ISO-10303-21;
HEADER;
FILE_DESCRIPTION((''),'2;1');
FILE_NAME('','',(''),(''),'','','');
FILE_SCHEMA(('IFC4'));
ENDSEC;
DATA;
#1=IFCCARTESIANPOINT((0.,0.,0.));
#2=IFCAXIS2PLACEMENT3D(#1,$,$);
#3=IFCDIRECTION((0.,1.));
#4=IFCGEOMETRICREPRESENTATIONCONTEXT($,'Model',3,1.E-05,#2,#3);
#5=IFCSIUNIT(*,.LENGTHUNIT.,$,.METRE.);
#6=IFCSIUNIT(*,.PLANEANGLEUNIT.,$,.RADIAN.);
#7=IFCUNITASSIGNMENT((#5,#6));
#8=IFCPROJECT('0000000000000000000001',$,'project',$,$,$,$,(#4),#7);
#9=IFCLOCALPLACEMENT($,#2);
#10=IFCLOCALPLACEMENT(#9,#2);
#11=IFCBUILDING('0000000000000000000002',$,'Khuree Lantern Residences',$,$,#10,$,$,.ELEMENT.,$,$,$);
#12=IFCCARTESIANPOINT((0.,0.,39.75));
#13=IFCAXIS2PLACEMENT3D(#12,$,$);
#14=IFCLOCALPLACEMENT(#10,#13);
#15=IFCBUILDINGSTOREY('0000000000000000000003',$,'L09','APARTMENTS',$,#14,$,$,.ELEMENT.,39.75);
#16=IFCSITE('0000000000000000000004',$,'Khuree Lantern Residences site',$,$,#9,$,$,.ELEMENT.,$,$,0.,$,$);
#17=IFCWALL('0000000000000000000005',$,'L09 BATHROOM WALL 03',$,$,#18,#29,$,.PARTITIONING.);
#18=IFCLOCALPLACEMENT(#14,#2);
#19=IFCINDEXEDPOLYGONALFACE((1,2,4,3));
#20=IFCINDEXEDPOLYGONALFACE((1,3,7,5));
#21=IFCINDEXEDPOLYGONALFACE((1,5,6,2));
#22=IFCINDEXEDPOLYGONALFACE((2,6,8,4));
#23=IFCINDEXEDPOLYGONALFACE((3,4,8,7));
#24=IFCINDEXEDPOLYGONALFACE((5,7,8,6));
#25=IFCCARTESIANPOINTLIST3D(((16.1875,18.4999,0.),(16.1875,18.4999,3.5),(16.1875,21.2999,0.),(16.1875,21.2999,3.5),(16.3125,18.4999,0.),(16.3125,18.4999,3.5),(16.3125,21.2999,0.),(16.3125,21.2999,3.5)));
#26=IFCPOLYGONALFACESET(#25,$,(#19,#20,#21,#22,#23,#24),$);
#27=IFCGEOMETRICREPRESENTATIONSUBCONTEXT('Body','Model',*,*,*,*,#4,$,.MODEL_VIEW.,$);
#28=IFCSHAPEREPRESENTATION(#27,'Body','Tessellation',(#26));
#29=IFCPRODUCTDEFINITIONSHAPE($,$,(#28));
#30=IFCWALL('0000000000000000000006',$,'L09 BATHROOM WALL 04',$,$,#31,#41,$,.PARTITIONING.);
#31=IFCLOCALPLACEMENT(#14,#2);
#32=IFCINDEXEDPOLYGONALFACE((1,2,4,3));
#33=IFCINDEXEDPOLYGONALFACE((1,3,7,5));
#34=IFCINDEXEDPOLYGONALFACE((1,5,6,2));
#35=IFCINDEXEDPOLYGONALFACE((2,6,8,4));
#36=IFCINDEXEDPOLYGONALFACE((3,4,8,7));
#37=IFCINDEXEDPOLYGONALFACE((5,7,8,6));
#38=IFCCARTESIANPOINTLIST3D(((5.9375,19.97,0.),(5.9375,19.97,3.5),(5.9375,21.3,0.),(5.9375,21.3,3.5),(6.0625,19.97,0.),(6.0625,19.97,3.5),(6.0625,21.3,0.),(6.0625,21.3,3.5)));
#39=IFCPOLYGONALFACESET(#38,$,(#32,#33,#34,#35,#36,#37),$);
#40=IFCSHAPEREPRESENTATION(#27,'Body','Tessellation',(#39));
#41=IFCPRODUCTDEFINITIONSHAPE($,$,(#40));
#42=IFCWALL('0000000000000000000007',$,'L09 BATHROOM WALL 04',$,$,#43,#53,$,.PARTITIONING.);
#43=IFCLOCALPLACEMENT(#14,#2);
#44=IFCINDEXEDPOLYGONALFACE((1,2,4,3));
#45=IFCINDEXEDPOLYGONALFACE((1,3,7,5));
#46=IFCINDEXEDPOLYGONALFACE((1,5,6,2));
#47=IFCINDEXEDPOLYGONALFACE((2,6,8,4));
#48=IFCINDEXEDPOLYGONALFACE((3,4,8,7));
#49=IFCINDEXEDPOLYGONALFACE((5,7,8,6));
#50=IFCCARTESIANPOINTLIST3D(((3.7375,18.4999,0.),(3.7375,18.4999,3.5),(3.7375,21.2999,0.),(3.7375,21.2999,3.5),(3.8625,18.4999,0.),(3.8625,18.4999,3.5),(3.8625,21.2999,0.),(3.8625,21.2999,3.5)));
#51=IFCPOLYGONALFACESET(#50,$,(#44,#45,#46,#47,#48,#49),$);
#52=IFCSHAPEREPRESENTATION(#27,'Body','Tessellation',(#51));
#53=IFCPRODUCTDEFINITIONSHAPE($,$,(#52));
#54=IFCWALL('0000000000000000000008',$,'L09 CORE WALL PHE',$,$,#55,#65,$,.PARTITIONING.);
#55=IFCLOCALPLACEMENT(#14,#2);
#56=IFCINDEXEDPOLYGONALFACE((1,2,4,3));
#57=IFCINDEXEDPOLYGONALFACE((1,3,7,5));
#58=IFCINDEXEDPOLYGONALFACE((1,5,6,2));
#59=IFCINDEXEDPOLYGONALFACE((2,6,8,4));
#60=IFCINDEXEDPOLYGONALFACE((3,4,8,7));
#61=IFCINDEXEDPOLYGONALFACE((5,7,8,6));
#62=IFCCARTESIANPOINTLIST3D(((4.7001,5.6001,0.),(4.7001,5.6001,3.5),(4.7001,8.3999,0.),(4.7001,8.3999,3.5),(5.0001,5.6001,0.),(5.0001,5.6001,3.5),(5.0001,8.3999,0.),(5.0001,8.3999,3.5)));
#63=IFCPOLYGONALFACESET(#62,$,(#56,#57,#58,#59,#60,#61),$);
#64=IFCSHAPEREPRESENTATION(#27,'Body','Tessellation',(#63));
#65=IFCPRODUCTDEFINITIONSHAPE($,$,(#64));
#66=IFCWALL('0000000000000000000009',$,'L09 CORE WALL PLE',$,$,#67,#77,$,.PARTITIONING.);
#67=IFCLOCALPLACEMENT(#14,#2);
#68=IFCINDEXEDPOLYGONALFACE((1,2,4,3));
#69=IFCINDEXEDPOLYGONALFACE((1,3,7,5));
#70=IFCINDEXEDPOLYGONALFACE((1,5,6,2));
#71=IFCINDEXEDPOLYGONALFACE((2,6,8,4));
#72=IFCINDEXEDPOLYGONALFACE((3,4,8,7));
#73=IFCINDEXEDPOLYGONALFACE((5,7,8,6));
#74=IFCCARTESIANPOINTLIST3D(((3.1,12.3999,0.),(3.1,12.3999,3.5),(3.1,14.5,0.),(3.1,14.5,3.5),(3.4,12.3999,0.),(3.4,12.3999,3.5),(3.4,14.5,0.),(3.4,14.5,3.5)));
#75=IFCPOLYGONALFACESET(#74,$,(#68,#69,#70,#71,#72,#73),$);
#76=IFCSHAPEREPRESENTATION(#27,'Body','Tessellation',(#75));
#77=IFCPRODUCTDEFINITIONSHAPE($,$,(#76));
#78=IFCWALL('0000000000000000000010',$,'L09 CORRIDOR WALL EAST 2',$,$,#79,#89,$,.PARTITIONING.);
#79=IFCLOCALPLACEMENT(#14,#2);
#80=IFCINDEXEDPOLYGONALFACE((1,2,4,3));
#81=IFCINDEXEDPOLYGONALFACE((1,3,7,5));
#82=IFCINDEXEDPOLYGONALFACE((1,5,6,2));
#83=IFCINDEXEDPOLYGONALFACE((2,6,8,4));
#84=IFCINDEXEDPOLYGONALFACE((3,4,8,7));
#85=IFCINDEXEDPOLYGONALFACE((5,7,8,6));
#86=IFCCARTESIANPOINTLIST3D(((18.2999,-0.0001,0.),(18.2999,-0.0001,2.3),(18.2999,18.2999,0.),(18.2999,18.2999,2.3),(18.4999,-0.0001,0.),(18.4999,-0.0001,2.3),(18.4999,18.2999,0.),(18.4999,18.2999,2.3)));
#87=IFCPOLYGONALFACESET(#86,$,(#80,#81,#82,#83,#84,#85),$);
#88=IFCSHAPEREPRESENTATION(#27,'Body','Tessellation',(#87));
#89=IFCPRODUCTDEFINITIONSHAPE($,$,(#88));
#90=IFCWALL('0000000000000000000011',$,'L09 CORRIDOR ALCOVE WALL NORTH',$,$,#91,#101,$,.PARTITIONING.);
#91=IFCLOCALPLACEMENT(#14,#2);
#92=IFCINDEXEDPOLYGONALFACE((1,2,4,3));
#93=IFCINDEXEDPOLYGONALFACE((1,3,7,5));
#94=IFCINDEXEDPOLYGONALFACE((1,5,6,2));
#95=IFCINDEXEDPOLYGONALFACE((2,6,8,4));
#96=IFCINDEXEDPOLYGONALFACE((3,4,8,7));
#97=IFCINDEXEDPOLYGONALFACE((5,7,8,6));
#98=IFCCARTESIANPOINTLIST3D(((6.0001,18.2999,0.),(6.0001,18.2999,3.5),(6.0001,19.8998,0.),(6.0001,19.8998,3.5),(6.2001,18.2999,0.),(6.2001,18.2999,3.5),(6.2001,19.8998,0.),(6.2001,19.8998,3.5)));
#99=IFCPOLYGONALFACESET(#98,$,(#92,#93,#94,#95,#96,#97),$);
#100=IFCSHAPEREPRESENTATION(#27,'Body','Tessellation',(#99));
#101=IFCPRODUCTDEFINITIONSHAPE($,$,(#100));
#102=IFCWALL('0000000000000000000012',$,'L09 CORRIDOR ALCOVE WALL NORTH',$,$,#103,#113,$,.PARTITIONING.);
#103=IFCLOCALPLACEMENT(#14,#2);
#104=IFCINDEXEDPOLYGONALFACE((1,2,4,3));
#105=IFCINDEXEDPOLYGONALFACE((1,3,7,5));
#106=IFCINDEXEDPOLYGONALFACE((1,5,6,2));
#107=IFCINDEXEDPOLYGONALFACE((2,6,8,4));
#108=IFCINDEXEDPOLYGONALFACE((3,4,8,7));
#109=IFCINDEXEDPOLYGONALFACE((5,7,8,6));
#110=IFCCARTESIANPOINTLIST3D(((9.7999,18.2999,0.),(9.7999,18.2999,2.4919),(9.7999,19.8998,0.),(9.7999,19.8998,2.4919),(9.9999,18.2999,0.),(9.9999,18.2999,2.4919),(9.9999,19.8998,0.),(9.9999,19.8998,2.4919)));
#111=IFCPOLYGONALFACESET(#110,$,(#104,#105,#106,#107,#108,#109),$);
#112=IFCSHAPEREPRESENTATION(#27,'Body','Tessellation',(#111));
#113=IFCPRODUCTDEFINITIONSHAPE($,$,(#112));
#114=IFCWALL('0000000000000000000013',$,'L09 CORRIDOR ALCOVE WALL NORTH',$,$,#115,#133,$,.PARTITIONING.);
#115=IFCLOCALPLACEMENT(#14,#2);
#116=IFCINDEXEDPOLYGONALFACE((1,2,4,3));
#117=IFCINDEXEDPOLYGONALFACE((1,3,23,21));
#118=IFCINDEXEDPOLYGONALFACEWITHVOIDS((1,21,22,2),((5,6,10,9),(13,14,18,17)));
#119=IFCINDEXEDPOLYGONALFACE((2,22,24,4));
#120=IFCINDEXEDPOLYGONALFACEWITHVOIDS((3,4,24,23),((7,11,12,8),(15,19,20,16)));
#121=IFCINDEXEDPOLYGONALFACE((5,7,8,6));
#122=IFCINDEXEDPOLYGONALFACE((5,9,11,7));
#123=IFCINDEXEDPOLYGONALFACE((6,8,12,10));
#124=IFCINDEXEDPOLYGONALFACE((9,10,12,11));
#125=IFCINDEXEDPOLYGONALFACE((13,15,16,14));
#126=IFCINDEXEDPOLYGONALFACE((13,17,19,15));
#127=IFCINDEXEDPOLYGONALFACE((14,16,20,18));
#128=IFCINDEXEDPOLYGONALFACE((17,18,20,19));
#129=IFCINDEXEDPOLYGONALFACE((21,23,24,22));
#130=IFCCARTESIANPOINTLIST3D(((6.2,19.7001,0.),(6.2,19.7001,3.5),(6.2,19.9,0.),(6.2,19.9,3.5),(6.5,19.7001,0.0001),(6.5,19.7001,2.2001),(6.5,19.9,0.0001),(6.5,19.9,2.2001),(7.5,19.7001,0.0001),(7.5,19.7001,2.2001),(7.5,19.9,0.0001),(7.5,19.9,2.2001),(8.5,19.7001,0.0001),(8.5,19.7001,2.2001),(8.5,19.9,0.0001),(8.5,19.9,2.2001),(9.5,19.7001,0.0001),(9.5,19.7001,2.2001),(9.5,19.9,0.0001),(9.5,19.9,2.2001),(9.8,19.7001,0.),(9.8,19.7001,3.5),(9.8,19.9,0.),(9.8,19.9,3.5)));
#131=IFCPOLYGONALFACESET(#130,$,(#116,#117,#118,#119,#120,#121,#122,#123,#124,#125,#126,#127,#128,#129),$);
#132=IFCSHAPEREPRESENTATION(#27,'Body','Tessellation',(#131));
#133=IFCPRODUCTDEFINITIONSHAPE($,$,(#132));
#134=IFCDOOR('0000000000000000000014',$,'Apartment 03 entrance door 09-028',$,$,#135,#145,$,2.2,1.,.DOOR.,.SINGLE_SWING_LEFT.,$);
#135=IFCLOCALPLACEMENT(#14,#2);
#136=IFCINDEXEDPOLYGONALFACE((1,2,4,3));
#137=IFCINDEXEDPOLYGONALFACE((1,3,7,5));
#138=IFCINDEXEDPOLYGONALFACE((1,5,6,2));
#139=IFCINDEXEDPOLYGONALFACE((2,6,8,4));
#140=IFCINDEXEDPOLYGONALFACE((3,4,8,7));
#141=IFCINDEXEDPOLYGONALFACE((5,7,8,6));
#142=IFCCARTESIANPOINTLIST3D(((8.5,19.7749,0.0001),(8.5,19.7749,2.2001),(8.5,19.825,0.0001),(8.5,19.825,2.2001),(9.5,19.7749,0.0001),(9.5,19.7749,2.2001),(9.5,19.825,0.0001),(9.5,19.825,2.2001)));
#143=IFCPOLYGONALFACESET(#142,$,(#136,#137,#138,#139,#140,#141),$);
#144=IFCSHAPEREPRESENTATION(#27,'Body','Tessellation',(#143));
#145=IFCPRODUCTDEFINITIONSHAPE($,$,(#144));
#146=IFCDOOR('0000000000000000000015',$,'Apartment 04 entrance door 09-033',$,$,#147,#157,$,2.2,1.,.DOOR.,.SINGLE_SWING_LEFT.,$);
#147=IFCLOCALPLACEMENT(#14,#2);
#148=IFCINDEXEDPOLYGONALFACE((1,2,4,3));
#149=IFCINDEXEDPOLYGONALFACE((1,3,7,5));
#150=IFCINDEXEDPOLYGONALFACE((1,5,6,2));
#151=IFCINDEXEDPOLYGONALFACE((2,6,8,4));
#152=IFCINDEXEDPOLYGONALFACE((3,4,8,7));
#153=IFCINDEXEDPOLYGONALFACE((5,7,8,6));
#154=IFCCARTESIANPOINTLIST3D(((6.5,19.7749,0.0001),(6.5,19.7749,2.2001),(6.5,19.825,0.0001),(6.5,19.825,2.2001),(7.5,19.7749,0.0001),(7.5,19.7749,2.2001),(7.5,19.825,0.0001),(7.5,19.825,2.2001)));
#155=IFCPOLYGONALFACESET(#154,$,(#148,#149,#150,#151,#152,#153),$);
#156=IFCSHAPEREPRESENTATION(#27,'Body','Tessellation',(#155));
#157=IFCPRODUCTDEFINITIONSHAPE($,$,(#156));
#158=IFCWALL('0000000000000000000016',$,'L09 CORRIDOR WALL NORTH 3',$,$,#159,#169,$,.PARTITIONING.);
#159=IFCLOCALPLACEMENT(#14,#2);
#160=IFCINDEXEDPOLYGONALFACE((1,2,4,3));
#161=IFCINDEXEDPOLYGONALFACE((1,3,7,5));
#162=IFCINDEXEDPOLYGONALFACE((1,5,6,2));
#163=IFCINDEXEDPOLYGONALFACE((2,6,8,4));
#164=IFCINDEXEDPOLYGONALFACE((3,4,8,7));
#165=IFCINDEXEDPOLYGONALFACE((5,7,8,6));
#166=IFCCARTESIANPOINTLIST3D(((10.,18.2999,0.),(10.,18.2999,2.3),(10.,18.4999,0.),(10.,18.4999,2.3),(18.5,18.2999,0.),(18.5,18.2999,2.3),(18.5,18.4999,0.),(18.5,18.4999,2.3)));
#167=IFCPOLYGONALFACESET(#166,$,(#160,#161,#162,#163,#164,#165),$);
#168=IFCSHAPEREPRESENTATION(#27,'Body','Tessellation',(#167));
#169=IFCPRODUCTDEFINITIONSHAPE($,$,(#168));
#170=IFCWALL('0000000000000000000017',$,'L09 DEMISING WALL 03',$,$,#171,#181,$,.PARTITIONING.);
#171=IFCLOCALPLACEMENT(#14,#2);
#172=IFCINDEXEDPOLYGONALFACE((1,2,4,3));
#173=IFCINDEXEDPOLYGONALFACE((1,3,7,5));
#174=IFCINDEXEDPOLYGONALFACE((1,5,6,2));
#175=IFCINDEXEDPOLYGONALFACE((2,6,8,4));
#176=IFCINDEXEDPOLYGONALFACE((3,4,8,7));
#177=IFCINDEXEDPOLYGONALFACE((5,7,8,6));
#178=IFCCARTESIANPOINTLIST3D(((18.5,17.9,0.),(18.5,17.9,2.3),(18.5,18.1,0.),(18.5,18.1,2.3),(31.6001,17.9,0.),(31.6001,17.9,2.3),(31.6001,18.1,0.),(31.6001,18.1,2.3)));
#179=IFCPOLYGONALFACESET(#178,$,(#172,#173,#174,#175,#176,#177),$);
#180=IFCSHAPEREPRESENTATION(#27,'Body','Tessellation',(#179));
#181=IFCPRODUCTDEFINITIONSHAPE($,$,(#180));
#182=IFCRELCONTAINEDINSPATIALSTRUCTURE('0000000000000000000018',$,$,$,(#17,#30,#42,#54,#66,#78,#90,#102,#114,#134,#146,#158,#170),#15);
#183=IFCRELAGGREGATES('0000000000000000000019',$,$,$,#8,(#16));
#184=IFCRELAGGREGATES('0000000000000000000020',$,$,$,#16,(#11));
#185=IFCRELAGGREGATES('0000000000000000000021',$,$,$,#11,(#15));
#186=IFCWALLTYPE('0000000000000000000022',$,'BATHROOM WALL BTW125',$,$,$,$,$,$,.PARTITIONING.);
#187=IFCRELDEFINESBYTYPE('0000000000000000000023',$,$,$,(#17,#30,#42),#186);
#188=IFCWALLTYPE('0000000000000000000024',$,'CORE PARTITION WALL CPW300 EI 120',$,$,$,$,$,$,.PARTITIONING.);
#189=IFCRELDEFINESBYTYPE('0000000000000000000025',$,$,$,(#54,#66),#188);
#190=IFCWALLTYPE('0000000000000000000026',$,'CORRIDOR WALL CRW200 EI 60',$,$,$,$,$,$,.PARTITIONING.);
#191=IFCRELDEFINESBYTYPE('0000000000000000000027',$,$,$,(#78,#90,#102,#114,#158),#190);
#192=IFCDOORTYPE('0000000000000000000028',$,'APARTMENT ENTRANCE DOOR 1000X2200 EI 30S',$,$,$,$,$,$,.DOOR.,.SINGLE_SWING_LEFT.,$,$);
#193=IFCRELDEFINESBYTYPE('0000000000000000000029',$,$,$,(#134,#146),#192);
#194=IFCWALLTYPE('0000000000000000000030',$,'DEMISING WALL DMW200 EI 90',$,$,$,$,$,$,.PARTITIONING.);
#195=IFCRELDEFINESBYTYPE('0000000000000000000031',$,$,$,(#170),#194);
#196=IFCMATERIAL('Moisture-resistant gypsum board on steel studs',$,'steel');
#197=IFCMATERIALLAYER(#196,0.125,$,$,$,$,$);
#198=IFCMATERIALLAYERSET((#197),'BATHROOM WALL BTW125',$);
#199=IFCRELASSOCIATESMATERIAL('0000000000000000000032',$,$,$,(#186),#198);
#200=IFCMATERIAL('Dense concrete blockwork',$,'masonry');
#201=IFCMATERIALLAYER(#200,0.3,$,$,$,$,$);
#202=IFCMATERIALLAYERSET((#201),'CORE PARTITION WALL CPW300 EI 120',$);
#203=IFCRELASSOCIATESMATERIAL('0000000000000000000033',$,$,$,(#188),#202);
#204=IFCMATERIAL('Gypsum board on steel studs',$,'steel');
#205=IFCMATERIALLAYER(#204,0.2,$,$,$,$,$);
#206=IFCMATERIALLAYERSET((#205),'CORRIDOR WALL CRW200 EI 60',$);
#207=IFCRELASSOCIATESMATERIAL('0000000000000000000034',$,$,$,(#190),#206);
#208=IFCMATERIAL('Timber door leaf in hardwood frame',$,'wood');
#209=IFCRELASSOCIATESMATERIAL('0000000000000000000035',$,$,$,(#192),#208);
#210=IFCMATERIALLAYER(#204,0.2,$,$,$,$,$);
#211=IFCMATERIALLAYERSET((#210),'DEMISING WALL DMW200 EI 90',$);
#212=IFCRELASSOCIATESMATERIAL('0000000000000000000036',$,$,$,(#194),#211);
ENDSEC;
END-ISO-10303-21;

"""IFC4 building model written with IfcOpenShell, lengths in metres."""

from ifc_helpers import new_model, si_unit, direction, frame, frame_2d, origin, place, context, subcontext, project, spatial, rectangle, extrude, material, layer, layer_set, type_object, element, fill, save


model = new_model("IFC4")

# Units and contexts
model_context = context("Model", 3, precision=1e-05, world=origin(), true_north=direction((0.0, 1.0)))
body_context = subcontext(model_context, "Body", "Model", "MODEL_VIEW")
ifc_project = project(units=[si_unit("LENGTHUNIT", "METRE"), si_unit("PLANEANGLEUNIT", "RADIAN")], contexts=[model_context])

# Site, building, storey
site_placement = place(None, origin())
site = spatial("IfcSite", under=ifc_project, at=site_placement, Name="Khuree Lantern Residences site", CompositionType="ELEMENT", RefElevation=0.0)
building_placement = place(site_placement, origin())
building = spatial("IfcBuilding", under=site, at=building_placement, Name="Khuree Lantern Residences", CompositionType="ELEMENT")
storey_placement = place(building_placement, frame((0.0, 0.0, 39.75)))
storey = spatial("IfcBuildingStorey", under=building, at=storey_placement, Name="L09", Description="APARTMENTS", CompositionType="ELEMENT", Elevation=39.75)

# Walls
ifc_material_1 = material(Name="Moisture-resistant gypsum board on steel studs", Category="steel")
ifc_layer_1 = layer(ifc_material_1, 0.125)
ifc_layer_set_1 = layer_set([ifc_layer_1], Name="BATHROOM WALL BTW125")
wall_type_1 = type_object("IfcWallType", Name="BATHROOM WALL BTW125", PredefinedType="PARTITIONING", material=ifc_layer_set_1)
wall_1_placement = place(storey_placement, frame((16.25, 18.5, 0.0), z_axis=(0.0, 0.0, 1.0), x_axis=(0.0, 1.0, 0.0)))
element("IfcWall", 1, at=wall_1_placement, inside=storey, type_object=wall_type_1, Name="L09 BATHROOM WALL 03", PredefinedType="PARTITIONING", context=body_context, shape_type="SweptSolid", body=[
    extrude(rectangle(XDim=2.8, YDim=0.125, at=frame_2d((1.3999, 0.0))), origin(), (0.0, 0.0, 1.0), 3.5),
])
wall_2_placement = place(storey_placement, frame((6.0, 19.97, 0.0), z_axis=(0.0, 0.0, 1.0), x_axis=(0.0, 1.0, 0.0)))
element("IfcWall", 2, at=wall_2_placement, inside=storey, type_object=wall_type_1, Name="L09 BATHROOM WALL 04", PredefinedType="PARTITIONING", context=body_context, shape_type="SweptSolid", body=[
    extrude(rectangle(XDim=1.3301, YDim=0.125, at=frame_2d((0.665, 0.0))), origin(), (0.0, 0.0, 1.0), 3.5),
])
wall_3_placement = place(storey_placement, frame((3.8, 18.5, 0.0), z_axis=(0.0, 0.0, 1.0), x_axis=(0.0, 1.0, 0.0)))
element("IfcWall", 3, at=wall_3_placement, inside=storey, type_object=wall_type_1, Name="L09 BATHROOM WALL 04", PredefinedType="PARTITIONING", context=body_context, shape_type="SweptSolid", body=[
    extrude(rectangle(XDim=2.8, YDim=0.125, at=frame_2d((1.3999, 0.0))), origin(), (0.0, 0.0, 1.0), 3.5),
])
ifc_material_2 = material(Name="Dense concrete blockwork", Category="masonry")
ifc_layer_2 = layer(ifc_material_2, 0.3)
ifc_layer_set_2 = layer_set([ifc_layer_2], Name="CORE PARTITION WALL CPW300 EI 120")
wall_type_2 = type_object("IfcWallType", Name="CORE PARTITION WALL CPW300 EI 120", PredefinedType="PARTITIONING", material=ifc_layer_set_2)
wall_4_placement = place(storey_placement, frame((4.8501, 5.6001, 0.0), z_axis=(0.0, 0.0, 1.0), x_axis=(0.0, 1.0, 0.0)))
element("IfcWall", 4, at=wall_4_placement, inside=storey, type_object=wall_type_2, Name="L09 CORE WALL PHE", PredefinedType="PARTITIONING", context=body_context, shape_type="SweptSolid", body=[
    extrude(rectangle(XDim=2.7998, YDim=0.3, at=frame_2d((1.3999, 0.0))), origin(), (0.0, 0.0, 1.0), 3.5),
])
wall_5_placement = place(storey_placement, frame((3.25, 12.3999, 0.0), z_axis=(0.0, 0.0, 1.0), x_axis=(0.0, 1.0, 0.0)))
element("IfcWall", 5, at=wall_5_placement, inside=storey, type_object=wall_type_2, Name="L09 CORE WALL PLE", PredefinedType="PARTITIONING", context=body_context, shape_type="SweptSolid", body=[
    extrude(rectangle(XDim=2.1001, YDim=0.3, at=frame_2d((1.05, 0.0))), origin(), (0.0, 0.0, 1.0), 3.5),
])
ifc_material_3 = material(Name="Gypsum board on steel studs", Category="steel")
ifc_layer_3 = layer(ifc_material_3, 0.2)
ifc_layer_set_3 = layer_set([ifc_layer_3], Name="CORRIDOR WALL CRW200 EI 60")
wall_type_3 = type_object("IfcWallType", Name="CORRIDOR WALL CRW200 EI 60", PredefinedType="PARTITIONING", material=ifc_layer_set_3)
wall_6_placement = place(storey_placement, frame((18.3999, 0.0, 0.0), z_axis=(0.0, 0.0, 1.0), x_axis=(0.0, 1.0, 0.0)))
element("IfcWall", 6, at=wall_6_placement, inside=storey, type_object=wall_type_3, Name="L09 CORRIDOR WALL EAST 2", PredefinedType="PARTITIONING", context=body_context, shape_type="SweptSolid", body=[
    extrude(rectangle(XDim=18.3, YDim=0.2, at=frame_2d((9.1499, 0.0))), origin(), (0.0, 0.0, 1.0), 2.3),
])
wall_7_placement = place(storey_placement, frame((6.1001, 18.3, 0.0), z_axis=(0.0, 0.0, 1.0), x_axis=(0.0, 1.0, 0.0)))
element("IfcWall", 7, at=wall_7_placement, inside=storey, type_object=wall_type_3, Name="L09 CORRIDOR ALCOVE WALL NORTH", PredefinedType="PARTITIONING", context=body_context, shape_type="SweptSolid", body=[
    extrude(rectangle(XDim=1.5999, YDim=0.2, at=frame_2d((0.7998, 0.0))), origin(), (0.0, 0.0, 1.0), 3.5),
])
wall_8_placement = place(storey_placement, frame((9.8999, 18.3, 0.0), z_axis=(0.0, 0.0, 1.0), x_axis=(0.0, 1.0, 0.0)))
element("IfcWall", 8, at=wall_8_placement, inside=storey, type_object=wall_type_3, Name="L09 CORRIDOR ALCOVE WALL NORTH", PredefinedType="PARTITIONING", context=body_context, shape_type="SweptSolid", body=[
    extrude(rectangle(XDim=1.5999, YDim=0.2, at=frame_2d((0.7998, 0.0))), origin(), (0.0, 0.0, 1.0), 2.4919),
])

# Wall, openings, doors
wall_9_placement = place(storey_placement, frame((6.2, 19.8, 0.0), z_axis=(0.0, 0.0, 1.0), x_axis=(1.0, 0.0, 0.0)))
wall_9 = element("IfcWall", 9, at=wall_9_placement, inside=storey, type_object=wall_type_3, Name="L09 CORRIDOR ALCOVE WALL NORTH", PredefinedType="PARTITIONING", context=body_context, shape_type="SweptSolid", body=[
    extrude(rectangle(XDim=3.6001, YDim=0.2, at=frame_2d((1.8, 0.0))), origin(), (0.0, 0.0, 1.0), 3.5),
])
opening_1_placement = place(wall_9_placement, frame((2.3, 0.0, 0.0)))
opening_1 = element("IfcOpeningElement", 10, at=opening_1_placement, cuts=wall_9, PredefinedType="OPENING", context=body_context, shape_type="SweptSolid", body=[
    extrude(rectangle(XDim=1.0, YDim=2.2, at=frame_2d((0.5, 1.1001))), frame((0.0, 0.1099, 0.0), z_axis=(0.0, -1.0, 0.0), x_axis=(1.0, 0.0, 0.0)), (0.0, 0.0, 1.0), 0.22),
])
opening_2_placement = place(wall_9_placement, frame((0.3, 0.0, 0.0)))
opening_2 = element("IfcOpeningElement", 11, at=opening_2_placement, cuts=wall_9, PredefinedType="OPENING", context=body_context, shape_type="SweptSolid", body=[
    extrude(rectangle(XDim=1.0, YDim=2.2, at=frame_2d((0.5, 1.1001))), frame((0.0, 0.1099, 0.0), z_axis=(0.0, -1.0, 0.0), x_axis=(1.0, 0.0, 0.0)), (0.0, 0.0, 1.0), 0.22),
])
ifc_material_4 = material(Name="Timber door leaf in hardwood frame", Category="wood")
door_type = type_object("IfcDoorType", Name="APARTMENT ENTRANCE DOOR 1000X2200 EI 30S", OperationType="SINGLE_SWING_LEFT", PredefinedType="DOOR", material=ifc_material_4)
door_1_placement = place(opening_1_placement, origin())
door_1 = element("IfcDoor", 12, at=door_1_placement, inside=storey, type_object=door_type, Name="Apartment 03 entrance door 09-028", OperationType="SINGLE_SWING_LEFT", OverallHeight=2.2, OverallWidth=1.0, PredefinedType="DOOR", context=body_context, shape_type="SweptSolid", body=[
    extrude(rectangle(XDim=1.0, YDim=2.2, at=frame_2d((0.5, 1.1001))), frame((0.0, 0.0249, 0.0), z_axis=(0.0, -1.0, 0.0), x_axis=(1.0, 0.0, 0.0)), (0.0, 0.0, 1.0), 0.05),
])
fill(opening_1, door_1)
door_2_placement = place(opening_2_placement, origin())
door_2 = element("IfcDoor", 13, at=door_2_placement, inside=storey, type_object=door_type, Name="Apartment 04 entrance door 09-033", OperationType="SINGLE_SWING_LEFT", OverallHeight=2.2, OverallWidth=1.0, PredefinedType="DOOR", context=body_context, shape_type="SweptSolid", body=[
    extrude(rectangle(XDim=1.0, YDim=2.2, at=frame_2d((0.5, 1.1001))), frame((0.0, 0.0249, 0.0), z_axis=(0.0, -1.0, 0.0), x_axis=(1.0, 0.0, 0.0)), (0.0, 0.0, 1.0), 0.05),
])
fill(opening_2, door_2)

# Walls
wall_10_placement = place(storey_placement, frame((10.0, 18.3999, 0.0), z_axis=(0.0, 0.0, 1.0), x_axis=(1.0, 0.0, 0.0)))
element("IfcWall", 14, at=wall_10_placement, inside=storey, type_object=wall_type_3, Name="L09 CORRIDOR WALL NORTH 3", PredefinedType="PARTITIONING", context=body_context, shape_type="SweptSolid", body=[
    extrude(rectangle(XDim=8.5, YDim=0.2, at=frame_2d((4.25, 0.0))), origin(), (0.0, 0.0, 1.0), 2.3),
])
ifc_layer_4 = layer(ifc_material_3, 0.2)
ifc_layer_set_4 = layer_set([ifc_layer_4], Name="DEMISING WALL DMW200 EI 90")
wall_type_4 = type_object("IfcWallType", Name="DEMISING WALL DMW200 EI 90", PredefinedType="PARTITIONING", material=ifc_layer_set_4)
wall_11_placement = place(storey_placement, frame((18.5, 18.0, 0.0), z_axis=(0.0, 0.0, 1.0), x_axis=(1.0, 0.0, 0.0)))
element("IfcWall", 15, at=wall_11_placement, inside=storey, type_object=wall_type_4, Name="L09 DEMISING WALL 03", PredefinedType="PARTITIONING", context=body_context, shape_type="SweptSolid", body=[
    extrude(rectangle(XDim=13.1001, YDim=0.2, at=frame_2d((6.55, 0.0))), origin(), (0.0, 0.0, 1.0), 2.3),
])

save(model, "model.ifc")
